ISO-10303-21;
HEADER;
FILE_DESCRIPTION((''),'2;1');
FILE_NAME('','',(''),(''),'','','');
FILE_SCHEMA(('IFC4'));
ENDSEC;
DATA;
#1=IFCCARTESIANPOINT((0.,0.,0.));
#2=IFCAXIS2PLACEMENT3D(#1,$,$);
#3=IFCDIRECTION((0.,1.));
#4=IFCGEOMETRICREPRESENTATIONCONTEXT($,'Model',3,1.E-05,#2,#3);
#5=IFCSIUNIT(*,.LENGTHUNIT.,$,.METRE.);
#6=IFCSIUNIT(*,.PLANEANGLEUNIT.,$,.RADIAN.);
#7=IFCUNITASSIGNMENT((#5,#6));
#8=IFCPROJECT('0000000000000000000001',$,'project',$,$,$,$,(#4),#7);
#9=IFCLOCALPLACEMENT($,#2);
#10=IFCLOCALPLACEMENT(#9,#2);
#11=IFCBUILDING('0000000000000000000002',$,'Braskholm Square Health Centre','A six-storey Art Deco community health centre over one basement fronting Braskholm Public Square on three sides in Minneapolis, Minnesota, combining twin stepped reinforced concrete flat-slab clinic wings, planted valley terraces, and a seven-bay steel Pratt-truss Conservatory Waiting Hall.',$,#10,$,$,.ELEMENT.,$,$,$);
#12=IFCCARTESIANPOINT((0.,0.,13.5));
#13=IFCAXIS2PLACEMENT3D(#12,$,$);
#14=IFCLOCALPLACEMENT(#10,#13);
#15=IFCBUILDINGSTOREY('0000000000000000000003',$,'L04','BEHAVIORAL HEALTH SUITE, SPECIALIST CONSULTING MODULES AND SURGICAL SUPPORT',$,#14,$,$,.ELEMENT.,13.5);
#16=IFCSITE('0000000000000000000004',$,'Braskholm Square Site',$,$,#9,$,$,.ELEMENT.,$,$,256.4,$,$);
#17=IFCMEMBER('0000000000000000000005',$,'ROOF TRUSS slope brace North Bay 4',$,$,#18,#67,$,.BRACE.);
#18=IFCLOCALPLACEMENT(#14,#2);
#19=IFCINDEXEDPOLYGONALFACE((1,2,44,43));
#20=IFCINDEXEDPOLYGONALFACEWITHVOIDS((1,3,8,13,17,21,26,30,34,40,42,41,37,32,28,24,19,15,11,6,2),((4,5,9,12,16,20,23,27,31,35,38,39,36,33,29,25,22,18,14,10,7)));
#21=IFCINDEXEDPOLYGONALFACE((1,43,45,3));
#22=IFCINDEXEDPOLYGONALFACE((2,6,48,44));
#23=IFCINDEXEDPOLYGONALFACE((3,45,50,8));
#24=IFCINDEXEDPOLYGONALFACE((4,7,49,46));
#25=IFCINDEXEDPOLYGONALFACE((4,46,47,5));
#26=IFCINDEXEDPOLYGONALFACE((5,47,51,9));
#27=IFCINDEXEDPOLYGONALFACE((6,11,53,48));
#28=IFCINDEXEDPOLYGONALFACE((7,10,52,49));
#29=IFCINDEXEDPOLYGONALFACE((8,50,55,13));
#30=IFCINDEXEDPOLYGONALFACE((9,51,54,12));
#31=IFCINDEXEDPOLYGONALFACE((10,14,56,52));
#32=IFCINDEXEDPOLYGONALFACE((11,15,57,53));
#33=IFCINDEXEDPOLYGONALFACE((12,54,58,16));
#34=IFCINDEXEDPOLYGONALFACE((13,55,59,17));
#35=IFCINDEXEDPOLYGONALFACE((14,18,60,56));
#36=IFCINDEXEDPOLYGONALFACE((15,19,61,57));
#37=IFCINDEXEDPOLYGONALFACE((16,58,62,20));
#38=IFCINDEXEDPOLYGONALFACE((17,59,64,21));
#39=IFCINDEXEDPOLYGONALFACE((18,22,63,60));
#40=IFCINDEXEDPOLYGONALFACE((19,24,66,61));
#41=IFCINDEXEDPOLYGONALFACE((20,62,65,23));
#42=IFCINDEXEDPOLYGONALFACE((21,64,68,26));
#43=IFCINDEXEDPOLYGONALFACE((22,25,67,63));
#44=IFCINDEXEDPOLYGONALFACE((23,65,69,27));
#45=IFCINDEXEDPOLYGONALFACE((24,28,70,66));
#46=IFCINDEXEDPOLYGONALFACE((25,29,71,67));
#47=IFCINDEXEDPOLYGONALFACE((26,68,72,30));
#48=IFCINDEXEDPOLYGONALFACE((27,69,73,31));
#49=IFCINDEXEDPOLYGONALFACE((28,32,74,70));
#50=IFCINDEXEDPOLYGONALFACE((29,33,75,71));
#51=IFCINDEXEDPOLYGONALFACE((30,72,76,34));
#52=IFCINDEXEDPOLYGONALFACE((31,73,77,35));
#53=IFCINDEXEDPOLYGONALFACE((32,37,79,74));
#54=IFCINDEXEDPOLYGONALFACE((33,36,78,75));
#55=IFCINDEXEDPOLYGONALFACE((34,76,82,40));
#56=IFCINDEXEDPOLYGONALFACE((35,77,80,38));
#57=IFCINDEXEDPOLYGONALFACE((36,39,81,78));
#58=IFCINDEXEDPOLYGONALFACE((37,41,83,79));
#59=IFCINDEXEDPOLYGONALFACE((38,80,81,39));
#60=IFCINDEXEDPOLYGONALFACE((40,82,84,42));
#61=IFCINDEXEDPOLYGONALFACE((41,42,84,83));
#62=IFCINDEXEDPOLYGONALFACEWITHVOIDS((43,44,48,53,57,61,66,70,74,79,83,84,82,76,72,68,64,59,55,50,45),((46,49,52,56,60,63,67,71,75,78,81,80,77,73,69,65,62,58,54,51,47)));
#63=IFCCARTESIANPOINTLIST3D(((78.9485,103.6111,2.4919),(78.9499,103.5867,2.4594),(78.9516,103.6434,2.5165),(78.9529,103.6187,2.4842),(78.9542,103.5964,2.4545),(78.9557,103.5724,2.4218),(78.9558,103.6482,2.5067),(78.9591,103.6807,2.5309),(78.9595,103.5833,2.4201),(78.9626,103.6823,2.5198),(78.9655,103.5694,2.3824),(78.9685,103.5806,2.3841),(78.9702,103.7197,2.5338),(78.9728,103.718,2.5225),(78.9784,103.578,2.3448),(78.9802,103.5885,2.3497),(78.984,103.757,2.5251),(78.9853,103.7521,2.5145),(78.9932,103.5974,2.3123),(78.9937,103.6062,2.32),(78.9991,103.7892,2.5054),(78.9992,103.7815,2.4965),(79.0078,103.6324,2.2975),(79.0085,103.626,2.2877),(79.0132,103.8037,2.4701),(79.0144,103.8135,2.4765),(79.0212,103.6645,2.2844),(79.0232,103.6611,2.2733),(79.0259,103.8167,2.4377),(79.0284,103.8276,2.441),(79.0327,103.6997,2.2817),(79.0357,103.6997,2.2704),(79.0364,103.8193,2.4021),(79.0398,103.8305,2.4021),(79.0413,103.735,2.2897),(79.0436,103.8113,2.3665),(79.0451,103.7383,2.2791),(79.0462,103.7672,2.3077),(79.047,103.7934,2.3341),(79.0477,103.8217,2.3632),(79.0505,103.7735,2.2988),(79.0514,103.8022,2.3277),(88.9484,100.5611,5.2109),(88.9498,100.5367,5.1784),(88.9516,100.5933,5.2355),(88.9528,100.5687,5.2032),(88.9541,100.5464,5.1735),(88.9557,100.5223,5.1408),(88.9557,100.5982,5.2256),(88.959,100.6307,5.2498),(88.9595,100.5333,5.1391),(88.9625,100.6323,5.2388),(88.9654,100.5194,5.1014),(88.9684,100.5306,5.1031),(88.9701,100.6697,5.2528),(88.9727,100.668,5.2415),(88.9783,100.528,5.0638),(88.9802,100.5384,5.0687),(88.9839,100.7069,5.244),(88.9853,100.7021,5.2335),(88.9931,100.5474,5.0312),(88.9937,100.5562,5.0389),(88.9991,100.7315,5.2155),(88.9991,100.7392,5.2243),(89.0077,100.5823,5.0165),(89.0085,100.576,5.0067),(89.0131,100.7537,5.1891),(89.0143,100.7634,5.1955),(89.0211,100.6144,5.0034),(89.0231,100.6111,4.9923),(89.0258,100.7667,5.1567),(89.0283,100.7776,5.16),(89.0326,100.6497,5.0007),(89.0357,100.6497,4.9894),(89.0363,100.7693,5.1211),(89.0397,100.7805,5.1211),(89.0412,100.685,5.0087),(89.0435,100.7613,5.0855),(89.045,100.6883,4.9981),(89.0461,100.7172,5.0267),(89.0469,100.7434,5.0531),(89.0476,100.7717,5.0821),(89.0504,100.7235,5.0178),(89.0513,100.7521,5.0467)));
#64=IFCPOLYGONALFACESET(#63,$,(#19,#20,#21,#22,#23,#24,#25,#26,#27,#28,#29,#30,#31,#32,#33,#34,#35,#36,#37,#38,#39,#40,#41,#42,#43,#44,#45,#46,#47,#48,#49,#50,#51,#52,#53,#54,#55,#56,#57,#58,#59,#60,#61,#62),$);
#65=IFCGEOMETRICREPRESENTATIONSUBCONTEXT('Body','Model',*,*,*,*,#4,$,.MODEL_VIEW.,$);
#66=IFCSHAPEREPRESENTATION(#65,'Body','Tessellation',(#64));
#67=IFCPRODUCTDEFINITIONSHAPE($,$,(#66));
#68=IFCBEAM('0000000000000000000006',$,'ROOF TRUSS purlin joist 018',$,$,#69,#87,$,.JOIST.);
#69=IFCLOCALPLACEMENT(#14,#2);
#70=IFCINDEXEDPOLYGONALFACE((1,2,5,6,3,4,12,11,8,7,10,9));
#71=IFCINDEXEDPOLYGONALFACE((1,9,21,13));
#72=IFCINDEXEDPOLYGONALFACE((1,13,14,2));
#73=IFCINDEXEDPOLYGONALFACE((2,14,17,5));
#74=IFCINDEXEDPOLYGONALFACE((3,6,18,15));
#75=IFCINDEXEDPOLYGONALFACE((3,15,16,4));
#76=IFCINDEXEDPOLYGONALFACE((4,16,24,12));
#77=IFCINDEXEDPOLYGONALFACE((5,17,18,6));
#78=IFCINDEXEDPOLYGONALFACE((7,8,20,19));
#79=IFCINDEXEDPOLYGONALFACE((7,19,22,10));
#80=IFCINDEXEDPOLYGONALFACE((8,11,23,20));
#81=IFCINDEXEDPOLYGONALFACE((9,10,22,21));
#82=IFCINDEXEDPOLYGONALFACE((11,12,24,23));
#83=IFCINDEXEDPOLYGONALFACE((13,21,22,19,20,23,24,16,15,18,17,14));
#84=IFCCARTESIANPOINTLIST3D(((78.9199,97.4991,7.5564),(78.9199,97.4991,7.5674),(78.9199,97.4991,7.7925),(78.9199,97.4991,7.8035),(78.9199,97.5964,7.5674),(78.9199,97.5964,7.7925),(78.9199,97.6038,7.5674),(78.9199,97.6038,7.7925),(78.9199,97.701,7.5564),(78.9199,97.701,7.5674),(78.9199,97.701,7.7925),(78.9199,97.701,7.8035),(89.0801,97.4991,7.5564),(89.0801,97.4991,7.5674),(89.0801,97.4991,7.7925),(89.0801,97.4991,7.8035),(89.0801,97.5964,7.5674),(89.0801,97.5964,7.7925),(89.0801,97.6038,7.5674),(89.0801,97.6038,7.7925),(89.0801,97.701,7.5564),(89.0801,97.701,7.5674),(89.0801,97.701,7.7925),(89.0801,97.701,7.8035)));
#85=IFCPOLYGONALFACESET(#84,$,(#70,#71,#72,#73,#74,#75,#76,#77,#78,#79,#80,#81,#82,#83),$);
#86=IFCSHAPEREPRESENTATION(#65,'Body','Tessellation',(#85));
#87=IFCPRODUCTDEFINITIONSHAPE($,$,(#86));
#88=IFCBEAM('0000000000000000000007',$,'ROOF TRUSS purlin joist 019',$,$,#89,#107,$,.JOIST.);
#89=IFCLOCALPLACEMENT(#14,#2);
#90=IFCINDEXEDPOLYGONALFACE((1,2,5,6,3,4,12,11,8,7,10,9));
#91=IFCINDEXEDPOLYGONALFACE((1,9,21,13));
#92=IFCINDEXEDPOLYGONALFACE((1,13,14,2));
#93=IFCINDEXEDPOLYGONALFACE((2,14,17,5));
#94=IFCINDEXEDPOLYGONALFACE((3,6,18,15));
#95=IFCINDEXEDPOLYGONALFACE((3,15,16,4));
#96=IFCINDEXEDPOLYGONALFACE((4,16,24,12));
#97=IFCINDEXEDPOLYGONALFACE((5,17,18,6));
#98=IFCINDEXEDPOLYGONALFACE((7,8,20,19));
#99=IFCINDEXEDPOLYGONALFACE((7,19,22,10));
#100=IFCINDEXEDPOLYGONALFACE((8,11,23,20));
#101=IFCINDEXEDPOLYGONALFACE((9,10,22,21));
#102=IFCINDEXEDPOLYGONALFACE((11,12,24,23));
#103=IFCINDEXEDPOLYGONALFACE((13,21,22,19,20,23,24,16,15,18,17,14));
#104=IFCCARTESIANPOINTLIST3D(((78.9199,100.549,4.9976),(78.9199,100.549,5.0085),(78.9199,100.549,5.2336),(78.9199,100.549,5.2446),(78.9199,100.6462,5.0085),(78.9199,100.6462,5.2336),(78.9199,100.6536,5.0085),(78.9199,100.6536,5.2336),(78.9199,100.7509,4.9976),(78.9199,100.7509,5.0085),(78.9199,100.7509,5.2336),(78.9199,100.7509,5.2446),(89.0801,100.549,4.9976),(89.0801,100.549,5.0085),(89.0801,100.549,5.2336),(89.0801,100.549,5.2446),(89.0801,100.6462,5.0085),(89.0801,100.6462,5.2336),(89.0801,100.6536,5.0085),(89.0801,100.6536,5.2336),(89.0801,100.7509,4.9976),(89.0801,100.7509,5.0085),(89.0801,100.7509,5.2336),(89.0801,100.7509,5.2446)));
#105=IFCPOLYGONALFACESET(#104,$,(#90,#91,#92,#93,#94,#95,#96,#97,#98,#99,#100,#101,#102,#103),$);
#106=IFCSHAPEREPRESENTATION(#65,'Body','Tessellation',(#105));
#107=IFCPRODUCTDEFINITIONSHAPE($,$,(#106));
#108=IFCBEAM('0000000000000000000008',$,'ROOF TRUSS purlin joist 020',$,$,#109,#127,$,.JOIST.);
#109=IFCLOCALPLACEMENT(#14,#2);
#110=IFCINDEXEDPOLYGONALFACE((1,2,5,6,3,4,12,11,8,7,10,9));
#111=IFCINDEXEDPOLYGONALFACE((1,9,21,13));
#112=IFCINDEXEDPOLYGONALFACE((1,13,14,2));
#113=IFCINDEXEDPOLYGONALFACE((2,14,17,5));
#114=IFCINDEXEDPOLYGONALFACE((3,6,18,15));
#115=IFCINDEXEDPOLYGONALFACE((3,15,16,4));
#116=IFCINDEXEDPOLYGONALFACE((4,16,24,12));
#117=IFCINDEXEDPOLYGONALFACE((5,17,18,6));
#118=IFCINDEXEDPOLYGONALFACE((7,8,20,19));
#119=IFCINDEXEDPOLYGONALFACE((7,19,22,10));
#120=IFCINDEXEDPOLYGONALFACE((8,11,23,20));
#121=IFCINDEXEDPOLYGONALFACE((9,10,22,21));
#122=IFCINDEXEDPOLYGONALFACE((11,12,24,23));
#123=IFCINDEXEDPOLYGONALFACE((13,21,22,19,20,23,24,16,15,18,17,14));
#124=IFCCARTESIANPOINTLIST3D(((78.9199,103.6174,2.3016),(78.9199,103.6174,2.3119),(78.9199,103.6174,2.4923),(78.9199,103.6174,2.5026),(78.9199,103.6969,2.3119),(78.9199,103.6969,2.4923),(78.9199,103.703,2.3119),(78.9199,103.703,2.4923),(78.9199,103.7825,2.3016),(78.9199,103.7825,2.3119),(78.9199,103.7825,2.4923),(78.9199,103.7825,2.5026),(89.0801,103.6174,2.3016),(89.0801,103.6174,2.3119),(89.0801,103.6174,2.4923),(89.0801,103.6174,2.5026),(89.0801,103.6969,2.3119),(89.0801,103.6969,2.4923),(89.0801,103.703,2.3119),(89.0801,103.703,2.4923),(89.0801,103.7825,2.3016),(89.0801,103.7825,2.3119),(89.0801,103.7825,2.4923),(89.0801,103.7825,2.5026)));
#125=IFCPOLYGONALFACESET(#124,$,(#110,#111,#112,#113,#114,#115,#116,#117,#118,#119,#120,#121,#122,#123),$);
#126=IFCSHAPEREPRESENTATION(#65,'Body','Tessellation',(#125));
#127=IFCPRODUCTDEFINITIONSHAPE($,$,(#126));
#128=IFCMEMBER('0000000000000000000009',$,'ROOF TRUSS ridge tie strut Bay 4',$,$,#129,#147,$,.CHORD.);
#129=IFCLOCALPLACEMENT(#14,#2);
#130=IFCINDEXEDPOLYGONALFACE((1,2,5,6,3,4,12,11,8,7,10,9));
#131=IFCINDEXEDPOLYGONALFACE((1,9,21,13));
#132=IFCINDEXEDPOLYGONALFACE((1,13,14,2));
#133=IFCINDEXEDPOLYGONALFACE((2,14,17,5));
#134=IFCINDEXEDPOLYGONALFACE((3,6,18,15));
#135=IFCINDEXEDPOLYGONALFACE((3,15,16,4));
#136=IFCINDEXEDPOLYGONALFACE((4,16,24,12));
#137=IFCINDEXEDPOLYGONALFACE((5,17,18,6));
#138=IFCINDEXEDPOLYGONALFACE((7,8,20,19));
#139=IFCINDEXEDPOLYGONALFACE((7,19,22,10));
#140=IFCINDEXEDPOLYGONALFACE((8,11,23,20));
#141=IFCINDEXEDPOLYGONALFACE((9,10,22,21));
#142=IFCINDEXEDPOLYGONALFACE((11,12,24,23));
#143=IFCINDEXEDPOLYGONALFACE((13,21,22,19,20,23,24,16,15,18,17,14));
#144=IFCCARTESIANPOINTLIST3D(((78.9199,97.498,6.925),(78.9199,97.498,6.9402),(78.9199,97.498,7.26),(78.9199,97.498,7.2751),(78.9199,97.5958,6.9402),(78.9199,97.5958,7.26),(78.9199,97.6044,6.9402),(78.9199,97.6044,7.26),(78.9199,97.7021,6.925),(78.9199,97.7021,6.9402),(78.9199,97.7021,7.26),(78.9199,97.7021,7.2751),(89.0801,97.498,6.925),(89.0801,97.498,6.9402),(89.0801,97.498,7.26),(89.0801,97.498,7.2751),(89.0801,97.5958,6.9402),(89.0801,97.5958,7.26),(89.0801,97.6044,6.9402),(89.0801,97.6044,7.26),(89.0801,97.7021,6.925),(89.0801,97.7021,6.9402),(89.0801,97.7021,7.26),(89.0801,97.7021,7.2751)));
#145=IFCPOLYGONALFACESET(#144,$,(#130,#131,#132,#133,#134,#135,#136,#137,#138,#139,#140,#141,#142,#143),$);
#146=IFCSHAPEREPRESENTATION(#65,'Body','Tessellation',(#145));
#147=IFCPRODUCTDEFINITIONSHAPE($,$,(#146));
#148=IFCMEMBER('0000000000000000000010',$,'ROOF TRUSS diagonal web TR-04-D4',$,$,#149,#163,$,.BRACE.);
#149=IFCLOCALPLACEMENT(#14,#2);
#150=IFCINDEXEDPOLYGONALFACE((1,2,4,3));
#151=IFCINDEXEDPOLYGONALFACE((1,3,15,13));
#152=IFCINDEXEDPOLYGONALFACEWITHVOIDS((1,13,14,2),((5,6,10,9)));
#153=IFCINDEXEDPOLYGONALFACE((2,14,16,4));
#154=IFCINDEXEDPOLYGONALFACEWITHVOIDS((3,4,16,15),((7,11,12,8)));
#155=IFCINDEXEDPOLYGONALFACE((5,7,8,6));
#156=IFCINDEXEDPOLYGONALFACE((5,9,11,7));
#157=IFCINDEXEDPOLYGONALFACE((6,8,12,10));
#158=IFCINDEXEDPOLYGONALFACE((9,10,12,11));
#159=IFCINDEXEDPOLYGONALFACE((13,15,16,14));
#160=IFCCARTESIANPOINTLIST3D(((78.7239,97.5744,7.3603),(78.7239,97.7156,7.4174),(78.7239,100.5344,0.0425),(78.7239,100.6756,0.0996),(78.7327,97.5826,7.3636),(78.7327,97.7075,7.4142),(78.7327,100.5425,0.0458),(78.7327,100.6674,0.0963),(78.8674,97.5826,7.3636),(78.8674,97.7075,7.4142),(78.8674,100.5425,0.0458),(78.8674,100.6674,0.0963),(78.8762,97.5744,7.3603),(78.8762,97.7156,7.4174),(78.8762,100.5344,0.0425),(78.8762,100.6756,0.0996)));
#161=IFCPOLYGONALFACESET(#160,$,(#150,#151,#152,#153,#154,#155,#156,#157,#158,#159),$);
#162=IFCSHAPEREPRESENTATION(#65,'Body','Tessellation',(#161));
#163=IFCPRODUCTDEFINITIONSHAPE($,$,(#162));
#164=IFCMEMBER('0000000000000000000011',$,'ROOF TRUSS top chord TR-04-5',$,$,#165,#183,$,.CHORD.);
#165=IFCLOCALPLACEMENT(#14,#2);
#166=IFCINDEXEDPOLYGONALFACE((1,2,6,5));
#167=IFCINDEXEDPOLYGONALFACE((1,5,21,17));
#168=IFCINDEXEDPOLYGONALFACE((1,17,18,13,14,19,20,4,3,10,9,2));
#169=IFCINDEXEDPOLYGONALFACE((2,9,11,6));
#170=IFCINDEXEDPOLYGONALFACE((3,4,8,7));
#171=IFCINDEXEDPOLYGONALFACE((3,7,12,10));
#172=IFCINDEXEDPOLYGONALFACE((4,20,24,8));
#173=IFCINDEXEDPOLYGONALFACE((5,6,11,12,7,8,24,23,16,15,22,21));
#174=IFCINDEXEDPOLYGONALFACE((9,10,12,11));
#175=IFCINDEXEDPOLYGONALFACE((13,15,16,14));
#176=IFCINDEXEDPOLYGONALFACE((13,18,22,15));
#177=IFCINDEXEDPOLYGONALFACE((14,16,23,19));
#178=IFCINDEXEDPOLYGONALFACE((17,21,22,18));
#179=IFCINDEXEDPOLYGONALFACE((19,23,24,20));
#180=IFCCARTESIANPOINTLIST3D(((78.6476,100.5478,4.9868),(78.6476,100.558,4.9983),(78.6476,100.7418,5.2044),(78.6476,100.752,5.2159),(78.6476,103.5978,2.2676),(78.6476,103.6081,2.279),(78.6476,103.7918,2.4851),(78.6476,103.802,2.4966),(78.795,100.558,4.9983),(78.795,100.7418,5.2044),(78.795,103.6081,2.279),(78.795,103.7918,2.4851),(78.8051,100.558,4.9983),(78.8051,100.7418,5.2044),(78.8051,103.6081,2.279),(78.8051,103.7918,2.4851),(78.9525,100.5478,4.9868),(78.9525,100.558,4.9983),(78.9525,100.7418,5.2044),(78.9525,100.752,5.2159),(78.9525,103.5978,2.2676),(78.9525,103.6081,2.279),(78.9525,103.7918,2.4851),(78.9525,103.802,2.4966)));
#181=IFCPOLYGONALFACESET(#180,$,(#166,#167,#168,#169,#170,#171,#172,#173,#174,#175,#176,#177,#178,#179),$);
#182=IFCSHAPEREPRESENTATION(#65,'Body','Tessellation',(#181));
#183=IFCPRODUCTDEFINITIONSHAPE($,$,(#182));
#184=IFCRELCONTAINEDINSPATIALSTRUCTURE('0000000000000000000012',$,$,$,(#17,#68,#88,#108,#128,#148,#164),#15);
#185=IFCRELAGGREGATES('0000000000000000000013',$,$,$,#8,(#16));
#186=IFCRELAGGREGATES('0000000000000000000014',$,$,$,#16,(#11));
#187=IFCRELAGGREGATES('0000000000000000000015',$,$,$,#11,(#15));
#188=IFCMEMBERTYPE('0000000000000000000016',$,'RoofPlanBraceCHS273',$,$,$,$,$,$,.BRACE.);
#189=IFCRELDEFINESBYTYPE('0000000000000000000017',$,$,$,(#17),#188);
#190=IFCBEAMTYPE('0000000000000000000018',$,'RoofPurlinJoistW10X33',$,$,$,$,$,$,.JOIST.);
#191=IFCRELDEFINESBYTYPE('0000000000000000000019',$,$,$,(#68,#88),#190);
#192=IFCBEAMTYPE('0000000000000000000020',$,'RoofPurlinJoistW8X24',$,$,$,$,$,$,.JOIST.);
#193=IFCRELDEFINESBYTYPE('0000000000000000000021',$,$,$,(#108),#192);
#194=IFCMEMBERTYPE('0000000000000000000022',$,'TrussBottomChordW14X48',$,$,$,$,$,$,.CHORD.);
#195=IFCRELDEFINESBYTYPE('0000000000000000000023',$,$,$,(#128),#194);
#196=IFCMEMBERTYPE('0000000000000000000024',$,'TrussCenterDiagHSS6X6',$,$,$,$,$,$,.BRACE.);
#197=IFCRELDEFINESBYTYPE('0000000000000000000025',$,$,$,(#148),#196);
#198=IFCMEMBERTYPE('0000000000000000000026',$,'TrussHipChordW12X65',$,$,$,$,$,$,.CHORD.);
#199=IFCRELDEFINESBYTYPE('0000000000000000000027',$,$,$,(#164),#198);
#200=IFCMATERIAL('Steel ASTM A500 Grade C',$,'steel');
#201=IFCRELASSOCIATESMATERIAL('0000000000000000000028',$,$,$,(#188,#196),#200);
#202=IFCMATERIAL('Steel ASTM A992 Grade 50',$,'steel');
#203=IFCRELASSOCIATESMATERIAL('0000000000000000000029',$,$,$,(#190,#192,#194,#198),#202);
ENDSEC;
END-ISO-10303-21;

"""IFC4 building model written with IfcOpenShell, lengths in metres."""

from ifc_helpers import new_model, si_unit, direction, frame, origin, origin_2d, place, context, subcontext, project, spatial, hollow_rectangle, hollow_circle, i_section, extrude, material, material_profile, profile_set, type_object, element, save


model = new_model("IFC4")

# Units and contexts
model_context = context("Model", 3, precision=1e-05, world=origin(), true_north=direction((0.0, 1.0)))
body_context = subcontext(model_context, "Body", "Model", "MODEL_VIEW")
ifc_project = project(units=[si_unit("LENGTHUNIT", "METRE"), si_unit("PLANEANGLEUNIT", "RADIAN")], contexts=[model_context])

# Site, building, storey
site_placement = place(None, origin())
site = spatial("IfcSite", under=ifc_project, at=site_placement, Name="Braskholm Square Site", CompositionType="ELEMENT", RefElevation=256.4)
building_placement = place(site_placement, origin())
building = spatial("IfcBuilding", under=site, at=building_placement, Name="Braskholm Square Health Centre", Description="A six-storey Art Deco community health centre over one basement fronting Braskholm Public Square on three sides in Minneapolis, Minnesota, combining twin stepped reinforced concrete flat-slab clinic wings, planted valley terraces, and a seven-bay steel Pratt-truss Conservatory Waiting Hall.", CompositionType="ELEMENT")
storey_placement = place(building_placement, frame((0.0, 0.0, 13.5)))
storey = spatial("IfcBuildingStorey", under=building, at=storey_placement, Name="L04", Description="BEHAVIORAL HEALTH SUITE, SPECIALIST CONSULTING MODULES AND SURGICAL SUPPORT", CompositionType="ELEMENT", Elevation=13.5)

# Member
ifc_material_1 = material(Name="Steel ASTM A500 Grade C", Category="steel")
ifc_material_profile_1 = material_profile(ifc_material_1, hollow_circle(Radius=0.1365, WallThickness=0.0117, at=origin_2d()), Name="HSS10.750X0.500")
ifc_profile_set_1 = profile_set([ifc_material_profile_1], Name="Steel ASTM A500 Grade C")
member_type_1 = type_object("IfcMemberType", Name="RoofPlanBraceCHS273", PredefinedType="BRACE", material=ifc_profile_set_1)
member_1_placement = place(storey_placement, frame((79.0, 103.7, 2.4021), z_axis=(0.925705, -0.282344, 0.251699), x_axis=(0.291737, 0.956499, 0.0)))
element("IfcMember", 1, at=member_1_placement, inside=storey, type_object=member_type_1, Name="ROOF TRUSS slope brace North Bay 4", PredefinedType="BRACE", context=body_context, shape_type="SweptSolid", body=[
    extrude(hollow_circle(Radius=0.1365, WallThickness=0.0117, at=origin_2d()), origin(), (0.0, 0.0, 1.0), 10.8025),
])

# Beams
ifc_material_2 = material(Name="Steel ASTM A992 Grade 50", Category="steel")
ifc_material_profile_2 = material_profile(ifc_material_2, i_section(OverallWidth=0.2019, OverallDepth=0.2471, WebThickness=0.0073, FlangeThickness=0.011, at=origin_2d()), Name="W10X33")
ifc_profile_set_2 = profile_set([ifc_material_profile_2], Name="Steel ASTM A992 Grade 50")
beam_type_1 = type_object("IfcBeamType", Name="RoofPurlinJoistW10X33", PredefinedType="JOIST", material=ifc_profile_set_2)
for number, where, z_axis, x_axis, name in (
    (2, (78.9199, 97.6001, 7.6799), (1.0, 0.0, 0.0), (0.0, 1.0, 0.0), "ROOF TRUSS purlin joist 018"),
    (3, (78.9199, 100.6499, 5.1211), (1.0, 0.0, 0.0), (0.0, 1.0, 0.0), "ROOF TRUSS purlin joist 019"),
):
    element("IfcBeam", number, at=place(storey_placement, frame(where, z_axis=z_axis, x_axis=x_axis)), inside=storey, type_object=beam_type_1, Name=name, PredefinedType="JOIST", context=body_context, shape_type="SweptSolid", body=[
        extrude(i_section(OverallWidth=0.2019, OverallDepth=0.2471, WebThickness=0.0073, FlangeThickness=0.011, at=origin_2d()), origin(), (0.0, 0.0, 1.0), 10.1602),
    ])
ifc_material_profile_3 = material_profile(ifc_material_2, i_section(OverallWidth=0.165, OverallDepth=0.2009, WebThickness=0.0061, FlangeThickness=0.0103, at=origin_2d()), Name="W8X24")
ifc_profile_set_3 = profile_set([ifc_material_profile_3], Name="Steel ASTM A992 Grade 50")
beam_type_2 = type_object("IfcBeamType", Name="RoofPurlinJoistW8X24", PredefinedType="JOIST", material=ifc_profile_set_3)
beam_placement = place(storey_placement, frame((78.9199, 103.7, 2.4021), z_axis=(1.0, 0.0, 0.0), x_axis=(0.0, 1.0, 0.0)))
element("IfcBeam", 4, at=beam_placement, inside=storey, type_object=beam_type_2, Name="ROOF TRUSS purlin joist 020", PredefinedType="JOIST", context=body_context, shape_type="SweptSolid", body=[
    extrude(i_section(OverallWidth=0.165, OverallDepth=0.2009, WebThickness=0.0061, FlangeThickness=0.0103, at=origin_2d()), origin(), (0.0, 0.0, 1.0), 10.1602),
])

# Members
ifc_material_profile_4 = material_profile(ifc_material_2, i_section(OverallWidth=0.2041, OverallDepth=0.3501, WebThickness=0.0085, FlangeThickness=0.0151, at=origin_2d()), Name="W14X48")
ifc_profile_set_4 = profile_set([ifc_material_profile_4], Name="Steel ASTM A992 Grade 50")
member_type_2 = type_object("IfcMemberType", Name="TrussBottomChordW14X48", PredefinedType="CHORD", material=ifc_profile_set_4)
member_2_placement = place(storey_placement, frame((78.9199, 97.6001, 7.1001), z_axis=(1.0, 0.0, 0.0), x_axis=(0.0, 1.0, 0.0)))
element("IfcMember", 5, at=member_2_placement, inside=storey, type_object=member_type_2, Name="ROOF TRUSS ridge tie strut Bay 4", PredefinedType="CHORD", context=body_context, shape_type="SweptSolid", body=[
    extrude(i_section(OverallWidth=0.2041, OverallDepth=0.3501, WebThickness=0.0085, FlangeThickness=0.0151, at=origin_2d()), origin(), (0.0, 0.0, 1.0), 10.1602),
])
ifc_material_profile_5 = material_profile(ifc_material_1, hollow_rectangle(XDim=0.1523, YDim=0.1523, WallThickness=0.0088, at=origin_2d()), Name="HSS6X6X3/8")
ifc_profile_set_5 = profile_set([ifc_material_profile_5], Name="Steel ASTM A500 Grade C")
member_type_3 = type_object("IfcMemberType", Name="TrussCenterDiagHSS6X6", PredefinedType="BRACE", material=ifc_profile_set_5)
member_3_placement = place(storey_placement, frame((78.8, 100.605, 0.071), z_axis=(0.0, -0.374971, 0.927036), x_axis=(1.0, 0.0, 0.0)))
element("IfcMember", 6, at=member_3_placement, inside=storey, type_object=member_type_3, Name="ROOF TRUSS diagonal web TR-04-D4", PredefinedType="BRACE", context=body_context, shape_type="SweptSolid", body=[
    extrude(hollow_rectangle(XDim=0.1523, YDim=0.1523, WallThickness=0.0088, at=origin_2d()), origin(), (0.0, 0.0, 1.0), 7.8938),
])
ifc_material_profile_6 = material_profile(ifc_material_2, i_section(OverallWidth=0.3049, OverallDepth=0.3069, WebThickness=0.01, FlangeThickness=0.0154, at=origin_2d()), Name="W12X65")
ifc_profile_set_6 = profile_set([ifc_material_profile_6], Name="Steel ASTM A992 Grade 50")
member_type_4 = type_object("IfcMemberType", Name="TrussHipChordW12X65", PredefinedType="CHORD", material=ifc_profile_set_6)
member_4_placement = place(storey_placement, frame((78.8, 100.6499, 5.1013), z_axis=(0.0, 0.746426, -0.665468), x_axis=(-1.0, 0.0, 0.0)))
element("IfcMember", 7, at=member_4_placement, inside=storey, type_object=member_type_4, Name="ROOF TRUSS top chord TR-04-5", PredefinedType="CHORD", context=body_context, shape_type="SweptSolid", body=[
    extrude(i_section(OverallWidth=0.3049, OverallDepth=0.3069, WebThickness=0.01, FlangeThickness=0.0154, at=origin_2d()), origin(), (0.0, 0.0, 1.0), 4.0862),
])

save(model, "model.ifc")
